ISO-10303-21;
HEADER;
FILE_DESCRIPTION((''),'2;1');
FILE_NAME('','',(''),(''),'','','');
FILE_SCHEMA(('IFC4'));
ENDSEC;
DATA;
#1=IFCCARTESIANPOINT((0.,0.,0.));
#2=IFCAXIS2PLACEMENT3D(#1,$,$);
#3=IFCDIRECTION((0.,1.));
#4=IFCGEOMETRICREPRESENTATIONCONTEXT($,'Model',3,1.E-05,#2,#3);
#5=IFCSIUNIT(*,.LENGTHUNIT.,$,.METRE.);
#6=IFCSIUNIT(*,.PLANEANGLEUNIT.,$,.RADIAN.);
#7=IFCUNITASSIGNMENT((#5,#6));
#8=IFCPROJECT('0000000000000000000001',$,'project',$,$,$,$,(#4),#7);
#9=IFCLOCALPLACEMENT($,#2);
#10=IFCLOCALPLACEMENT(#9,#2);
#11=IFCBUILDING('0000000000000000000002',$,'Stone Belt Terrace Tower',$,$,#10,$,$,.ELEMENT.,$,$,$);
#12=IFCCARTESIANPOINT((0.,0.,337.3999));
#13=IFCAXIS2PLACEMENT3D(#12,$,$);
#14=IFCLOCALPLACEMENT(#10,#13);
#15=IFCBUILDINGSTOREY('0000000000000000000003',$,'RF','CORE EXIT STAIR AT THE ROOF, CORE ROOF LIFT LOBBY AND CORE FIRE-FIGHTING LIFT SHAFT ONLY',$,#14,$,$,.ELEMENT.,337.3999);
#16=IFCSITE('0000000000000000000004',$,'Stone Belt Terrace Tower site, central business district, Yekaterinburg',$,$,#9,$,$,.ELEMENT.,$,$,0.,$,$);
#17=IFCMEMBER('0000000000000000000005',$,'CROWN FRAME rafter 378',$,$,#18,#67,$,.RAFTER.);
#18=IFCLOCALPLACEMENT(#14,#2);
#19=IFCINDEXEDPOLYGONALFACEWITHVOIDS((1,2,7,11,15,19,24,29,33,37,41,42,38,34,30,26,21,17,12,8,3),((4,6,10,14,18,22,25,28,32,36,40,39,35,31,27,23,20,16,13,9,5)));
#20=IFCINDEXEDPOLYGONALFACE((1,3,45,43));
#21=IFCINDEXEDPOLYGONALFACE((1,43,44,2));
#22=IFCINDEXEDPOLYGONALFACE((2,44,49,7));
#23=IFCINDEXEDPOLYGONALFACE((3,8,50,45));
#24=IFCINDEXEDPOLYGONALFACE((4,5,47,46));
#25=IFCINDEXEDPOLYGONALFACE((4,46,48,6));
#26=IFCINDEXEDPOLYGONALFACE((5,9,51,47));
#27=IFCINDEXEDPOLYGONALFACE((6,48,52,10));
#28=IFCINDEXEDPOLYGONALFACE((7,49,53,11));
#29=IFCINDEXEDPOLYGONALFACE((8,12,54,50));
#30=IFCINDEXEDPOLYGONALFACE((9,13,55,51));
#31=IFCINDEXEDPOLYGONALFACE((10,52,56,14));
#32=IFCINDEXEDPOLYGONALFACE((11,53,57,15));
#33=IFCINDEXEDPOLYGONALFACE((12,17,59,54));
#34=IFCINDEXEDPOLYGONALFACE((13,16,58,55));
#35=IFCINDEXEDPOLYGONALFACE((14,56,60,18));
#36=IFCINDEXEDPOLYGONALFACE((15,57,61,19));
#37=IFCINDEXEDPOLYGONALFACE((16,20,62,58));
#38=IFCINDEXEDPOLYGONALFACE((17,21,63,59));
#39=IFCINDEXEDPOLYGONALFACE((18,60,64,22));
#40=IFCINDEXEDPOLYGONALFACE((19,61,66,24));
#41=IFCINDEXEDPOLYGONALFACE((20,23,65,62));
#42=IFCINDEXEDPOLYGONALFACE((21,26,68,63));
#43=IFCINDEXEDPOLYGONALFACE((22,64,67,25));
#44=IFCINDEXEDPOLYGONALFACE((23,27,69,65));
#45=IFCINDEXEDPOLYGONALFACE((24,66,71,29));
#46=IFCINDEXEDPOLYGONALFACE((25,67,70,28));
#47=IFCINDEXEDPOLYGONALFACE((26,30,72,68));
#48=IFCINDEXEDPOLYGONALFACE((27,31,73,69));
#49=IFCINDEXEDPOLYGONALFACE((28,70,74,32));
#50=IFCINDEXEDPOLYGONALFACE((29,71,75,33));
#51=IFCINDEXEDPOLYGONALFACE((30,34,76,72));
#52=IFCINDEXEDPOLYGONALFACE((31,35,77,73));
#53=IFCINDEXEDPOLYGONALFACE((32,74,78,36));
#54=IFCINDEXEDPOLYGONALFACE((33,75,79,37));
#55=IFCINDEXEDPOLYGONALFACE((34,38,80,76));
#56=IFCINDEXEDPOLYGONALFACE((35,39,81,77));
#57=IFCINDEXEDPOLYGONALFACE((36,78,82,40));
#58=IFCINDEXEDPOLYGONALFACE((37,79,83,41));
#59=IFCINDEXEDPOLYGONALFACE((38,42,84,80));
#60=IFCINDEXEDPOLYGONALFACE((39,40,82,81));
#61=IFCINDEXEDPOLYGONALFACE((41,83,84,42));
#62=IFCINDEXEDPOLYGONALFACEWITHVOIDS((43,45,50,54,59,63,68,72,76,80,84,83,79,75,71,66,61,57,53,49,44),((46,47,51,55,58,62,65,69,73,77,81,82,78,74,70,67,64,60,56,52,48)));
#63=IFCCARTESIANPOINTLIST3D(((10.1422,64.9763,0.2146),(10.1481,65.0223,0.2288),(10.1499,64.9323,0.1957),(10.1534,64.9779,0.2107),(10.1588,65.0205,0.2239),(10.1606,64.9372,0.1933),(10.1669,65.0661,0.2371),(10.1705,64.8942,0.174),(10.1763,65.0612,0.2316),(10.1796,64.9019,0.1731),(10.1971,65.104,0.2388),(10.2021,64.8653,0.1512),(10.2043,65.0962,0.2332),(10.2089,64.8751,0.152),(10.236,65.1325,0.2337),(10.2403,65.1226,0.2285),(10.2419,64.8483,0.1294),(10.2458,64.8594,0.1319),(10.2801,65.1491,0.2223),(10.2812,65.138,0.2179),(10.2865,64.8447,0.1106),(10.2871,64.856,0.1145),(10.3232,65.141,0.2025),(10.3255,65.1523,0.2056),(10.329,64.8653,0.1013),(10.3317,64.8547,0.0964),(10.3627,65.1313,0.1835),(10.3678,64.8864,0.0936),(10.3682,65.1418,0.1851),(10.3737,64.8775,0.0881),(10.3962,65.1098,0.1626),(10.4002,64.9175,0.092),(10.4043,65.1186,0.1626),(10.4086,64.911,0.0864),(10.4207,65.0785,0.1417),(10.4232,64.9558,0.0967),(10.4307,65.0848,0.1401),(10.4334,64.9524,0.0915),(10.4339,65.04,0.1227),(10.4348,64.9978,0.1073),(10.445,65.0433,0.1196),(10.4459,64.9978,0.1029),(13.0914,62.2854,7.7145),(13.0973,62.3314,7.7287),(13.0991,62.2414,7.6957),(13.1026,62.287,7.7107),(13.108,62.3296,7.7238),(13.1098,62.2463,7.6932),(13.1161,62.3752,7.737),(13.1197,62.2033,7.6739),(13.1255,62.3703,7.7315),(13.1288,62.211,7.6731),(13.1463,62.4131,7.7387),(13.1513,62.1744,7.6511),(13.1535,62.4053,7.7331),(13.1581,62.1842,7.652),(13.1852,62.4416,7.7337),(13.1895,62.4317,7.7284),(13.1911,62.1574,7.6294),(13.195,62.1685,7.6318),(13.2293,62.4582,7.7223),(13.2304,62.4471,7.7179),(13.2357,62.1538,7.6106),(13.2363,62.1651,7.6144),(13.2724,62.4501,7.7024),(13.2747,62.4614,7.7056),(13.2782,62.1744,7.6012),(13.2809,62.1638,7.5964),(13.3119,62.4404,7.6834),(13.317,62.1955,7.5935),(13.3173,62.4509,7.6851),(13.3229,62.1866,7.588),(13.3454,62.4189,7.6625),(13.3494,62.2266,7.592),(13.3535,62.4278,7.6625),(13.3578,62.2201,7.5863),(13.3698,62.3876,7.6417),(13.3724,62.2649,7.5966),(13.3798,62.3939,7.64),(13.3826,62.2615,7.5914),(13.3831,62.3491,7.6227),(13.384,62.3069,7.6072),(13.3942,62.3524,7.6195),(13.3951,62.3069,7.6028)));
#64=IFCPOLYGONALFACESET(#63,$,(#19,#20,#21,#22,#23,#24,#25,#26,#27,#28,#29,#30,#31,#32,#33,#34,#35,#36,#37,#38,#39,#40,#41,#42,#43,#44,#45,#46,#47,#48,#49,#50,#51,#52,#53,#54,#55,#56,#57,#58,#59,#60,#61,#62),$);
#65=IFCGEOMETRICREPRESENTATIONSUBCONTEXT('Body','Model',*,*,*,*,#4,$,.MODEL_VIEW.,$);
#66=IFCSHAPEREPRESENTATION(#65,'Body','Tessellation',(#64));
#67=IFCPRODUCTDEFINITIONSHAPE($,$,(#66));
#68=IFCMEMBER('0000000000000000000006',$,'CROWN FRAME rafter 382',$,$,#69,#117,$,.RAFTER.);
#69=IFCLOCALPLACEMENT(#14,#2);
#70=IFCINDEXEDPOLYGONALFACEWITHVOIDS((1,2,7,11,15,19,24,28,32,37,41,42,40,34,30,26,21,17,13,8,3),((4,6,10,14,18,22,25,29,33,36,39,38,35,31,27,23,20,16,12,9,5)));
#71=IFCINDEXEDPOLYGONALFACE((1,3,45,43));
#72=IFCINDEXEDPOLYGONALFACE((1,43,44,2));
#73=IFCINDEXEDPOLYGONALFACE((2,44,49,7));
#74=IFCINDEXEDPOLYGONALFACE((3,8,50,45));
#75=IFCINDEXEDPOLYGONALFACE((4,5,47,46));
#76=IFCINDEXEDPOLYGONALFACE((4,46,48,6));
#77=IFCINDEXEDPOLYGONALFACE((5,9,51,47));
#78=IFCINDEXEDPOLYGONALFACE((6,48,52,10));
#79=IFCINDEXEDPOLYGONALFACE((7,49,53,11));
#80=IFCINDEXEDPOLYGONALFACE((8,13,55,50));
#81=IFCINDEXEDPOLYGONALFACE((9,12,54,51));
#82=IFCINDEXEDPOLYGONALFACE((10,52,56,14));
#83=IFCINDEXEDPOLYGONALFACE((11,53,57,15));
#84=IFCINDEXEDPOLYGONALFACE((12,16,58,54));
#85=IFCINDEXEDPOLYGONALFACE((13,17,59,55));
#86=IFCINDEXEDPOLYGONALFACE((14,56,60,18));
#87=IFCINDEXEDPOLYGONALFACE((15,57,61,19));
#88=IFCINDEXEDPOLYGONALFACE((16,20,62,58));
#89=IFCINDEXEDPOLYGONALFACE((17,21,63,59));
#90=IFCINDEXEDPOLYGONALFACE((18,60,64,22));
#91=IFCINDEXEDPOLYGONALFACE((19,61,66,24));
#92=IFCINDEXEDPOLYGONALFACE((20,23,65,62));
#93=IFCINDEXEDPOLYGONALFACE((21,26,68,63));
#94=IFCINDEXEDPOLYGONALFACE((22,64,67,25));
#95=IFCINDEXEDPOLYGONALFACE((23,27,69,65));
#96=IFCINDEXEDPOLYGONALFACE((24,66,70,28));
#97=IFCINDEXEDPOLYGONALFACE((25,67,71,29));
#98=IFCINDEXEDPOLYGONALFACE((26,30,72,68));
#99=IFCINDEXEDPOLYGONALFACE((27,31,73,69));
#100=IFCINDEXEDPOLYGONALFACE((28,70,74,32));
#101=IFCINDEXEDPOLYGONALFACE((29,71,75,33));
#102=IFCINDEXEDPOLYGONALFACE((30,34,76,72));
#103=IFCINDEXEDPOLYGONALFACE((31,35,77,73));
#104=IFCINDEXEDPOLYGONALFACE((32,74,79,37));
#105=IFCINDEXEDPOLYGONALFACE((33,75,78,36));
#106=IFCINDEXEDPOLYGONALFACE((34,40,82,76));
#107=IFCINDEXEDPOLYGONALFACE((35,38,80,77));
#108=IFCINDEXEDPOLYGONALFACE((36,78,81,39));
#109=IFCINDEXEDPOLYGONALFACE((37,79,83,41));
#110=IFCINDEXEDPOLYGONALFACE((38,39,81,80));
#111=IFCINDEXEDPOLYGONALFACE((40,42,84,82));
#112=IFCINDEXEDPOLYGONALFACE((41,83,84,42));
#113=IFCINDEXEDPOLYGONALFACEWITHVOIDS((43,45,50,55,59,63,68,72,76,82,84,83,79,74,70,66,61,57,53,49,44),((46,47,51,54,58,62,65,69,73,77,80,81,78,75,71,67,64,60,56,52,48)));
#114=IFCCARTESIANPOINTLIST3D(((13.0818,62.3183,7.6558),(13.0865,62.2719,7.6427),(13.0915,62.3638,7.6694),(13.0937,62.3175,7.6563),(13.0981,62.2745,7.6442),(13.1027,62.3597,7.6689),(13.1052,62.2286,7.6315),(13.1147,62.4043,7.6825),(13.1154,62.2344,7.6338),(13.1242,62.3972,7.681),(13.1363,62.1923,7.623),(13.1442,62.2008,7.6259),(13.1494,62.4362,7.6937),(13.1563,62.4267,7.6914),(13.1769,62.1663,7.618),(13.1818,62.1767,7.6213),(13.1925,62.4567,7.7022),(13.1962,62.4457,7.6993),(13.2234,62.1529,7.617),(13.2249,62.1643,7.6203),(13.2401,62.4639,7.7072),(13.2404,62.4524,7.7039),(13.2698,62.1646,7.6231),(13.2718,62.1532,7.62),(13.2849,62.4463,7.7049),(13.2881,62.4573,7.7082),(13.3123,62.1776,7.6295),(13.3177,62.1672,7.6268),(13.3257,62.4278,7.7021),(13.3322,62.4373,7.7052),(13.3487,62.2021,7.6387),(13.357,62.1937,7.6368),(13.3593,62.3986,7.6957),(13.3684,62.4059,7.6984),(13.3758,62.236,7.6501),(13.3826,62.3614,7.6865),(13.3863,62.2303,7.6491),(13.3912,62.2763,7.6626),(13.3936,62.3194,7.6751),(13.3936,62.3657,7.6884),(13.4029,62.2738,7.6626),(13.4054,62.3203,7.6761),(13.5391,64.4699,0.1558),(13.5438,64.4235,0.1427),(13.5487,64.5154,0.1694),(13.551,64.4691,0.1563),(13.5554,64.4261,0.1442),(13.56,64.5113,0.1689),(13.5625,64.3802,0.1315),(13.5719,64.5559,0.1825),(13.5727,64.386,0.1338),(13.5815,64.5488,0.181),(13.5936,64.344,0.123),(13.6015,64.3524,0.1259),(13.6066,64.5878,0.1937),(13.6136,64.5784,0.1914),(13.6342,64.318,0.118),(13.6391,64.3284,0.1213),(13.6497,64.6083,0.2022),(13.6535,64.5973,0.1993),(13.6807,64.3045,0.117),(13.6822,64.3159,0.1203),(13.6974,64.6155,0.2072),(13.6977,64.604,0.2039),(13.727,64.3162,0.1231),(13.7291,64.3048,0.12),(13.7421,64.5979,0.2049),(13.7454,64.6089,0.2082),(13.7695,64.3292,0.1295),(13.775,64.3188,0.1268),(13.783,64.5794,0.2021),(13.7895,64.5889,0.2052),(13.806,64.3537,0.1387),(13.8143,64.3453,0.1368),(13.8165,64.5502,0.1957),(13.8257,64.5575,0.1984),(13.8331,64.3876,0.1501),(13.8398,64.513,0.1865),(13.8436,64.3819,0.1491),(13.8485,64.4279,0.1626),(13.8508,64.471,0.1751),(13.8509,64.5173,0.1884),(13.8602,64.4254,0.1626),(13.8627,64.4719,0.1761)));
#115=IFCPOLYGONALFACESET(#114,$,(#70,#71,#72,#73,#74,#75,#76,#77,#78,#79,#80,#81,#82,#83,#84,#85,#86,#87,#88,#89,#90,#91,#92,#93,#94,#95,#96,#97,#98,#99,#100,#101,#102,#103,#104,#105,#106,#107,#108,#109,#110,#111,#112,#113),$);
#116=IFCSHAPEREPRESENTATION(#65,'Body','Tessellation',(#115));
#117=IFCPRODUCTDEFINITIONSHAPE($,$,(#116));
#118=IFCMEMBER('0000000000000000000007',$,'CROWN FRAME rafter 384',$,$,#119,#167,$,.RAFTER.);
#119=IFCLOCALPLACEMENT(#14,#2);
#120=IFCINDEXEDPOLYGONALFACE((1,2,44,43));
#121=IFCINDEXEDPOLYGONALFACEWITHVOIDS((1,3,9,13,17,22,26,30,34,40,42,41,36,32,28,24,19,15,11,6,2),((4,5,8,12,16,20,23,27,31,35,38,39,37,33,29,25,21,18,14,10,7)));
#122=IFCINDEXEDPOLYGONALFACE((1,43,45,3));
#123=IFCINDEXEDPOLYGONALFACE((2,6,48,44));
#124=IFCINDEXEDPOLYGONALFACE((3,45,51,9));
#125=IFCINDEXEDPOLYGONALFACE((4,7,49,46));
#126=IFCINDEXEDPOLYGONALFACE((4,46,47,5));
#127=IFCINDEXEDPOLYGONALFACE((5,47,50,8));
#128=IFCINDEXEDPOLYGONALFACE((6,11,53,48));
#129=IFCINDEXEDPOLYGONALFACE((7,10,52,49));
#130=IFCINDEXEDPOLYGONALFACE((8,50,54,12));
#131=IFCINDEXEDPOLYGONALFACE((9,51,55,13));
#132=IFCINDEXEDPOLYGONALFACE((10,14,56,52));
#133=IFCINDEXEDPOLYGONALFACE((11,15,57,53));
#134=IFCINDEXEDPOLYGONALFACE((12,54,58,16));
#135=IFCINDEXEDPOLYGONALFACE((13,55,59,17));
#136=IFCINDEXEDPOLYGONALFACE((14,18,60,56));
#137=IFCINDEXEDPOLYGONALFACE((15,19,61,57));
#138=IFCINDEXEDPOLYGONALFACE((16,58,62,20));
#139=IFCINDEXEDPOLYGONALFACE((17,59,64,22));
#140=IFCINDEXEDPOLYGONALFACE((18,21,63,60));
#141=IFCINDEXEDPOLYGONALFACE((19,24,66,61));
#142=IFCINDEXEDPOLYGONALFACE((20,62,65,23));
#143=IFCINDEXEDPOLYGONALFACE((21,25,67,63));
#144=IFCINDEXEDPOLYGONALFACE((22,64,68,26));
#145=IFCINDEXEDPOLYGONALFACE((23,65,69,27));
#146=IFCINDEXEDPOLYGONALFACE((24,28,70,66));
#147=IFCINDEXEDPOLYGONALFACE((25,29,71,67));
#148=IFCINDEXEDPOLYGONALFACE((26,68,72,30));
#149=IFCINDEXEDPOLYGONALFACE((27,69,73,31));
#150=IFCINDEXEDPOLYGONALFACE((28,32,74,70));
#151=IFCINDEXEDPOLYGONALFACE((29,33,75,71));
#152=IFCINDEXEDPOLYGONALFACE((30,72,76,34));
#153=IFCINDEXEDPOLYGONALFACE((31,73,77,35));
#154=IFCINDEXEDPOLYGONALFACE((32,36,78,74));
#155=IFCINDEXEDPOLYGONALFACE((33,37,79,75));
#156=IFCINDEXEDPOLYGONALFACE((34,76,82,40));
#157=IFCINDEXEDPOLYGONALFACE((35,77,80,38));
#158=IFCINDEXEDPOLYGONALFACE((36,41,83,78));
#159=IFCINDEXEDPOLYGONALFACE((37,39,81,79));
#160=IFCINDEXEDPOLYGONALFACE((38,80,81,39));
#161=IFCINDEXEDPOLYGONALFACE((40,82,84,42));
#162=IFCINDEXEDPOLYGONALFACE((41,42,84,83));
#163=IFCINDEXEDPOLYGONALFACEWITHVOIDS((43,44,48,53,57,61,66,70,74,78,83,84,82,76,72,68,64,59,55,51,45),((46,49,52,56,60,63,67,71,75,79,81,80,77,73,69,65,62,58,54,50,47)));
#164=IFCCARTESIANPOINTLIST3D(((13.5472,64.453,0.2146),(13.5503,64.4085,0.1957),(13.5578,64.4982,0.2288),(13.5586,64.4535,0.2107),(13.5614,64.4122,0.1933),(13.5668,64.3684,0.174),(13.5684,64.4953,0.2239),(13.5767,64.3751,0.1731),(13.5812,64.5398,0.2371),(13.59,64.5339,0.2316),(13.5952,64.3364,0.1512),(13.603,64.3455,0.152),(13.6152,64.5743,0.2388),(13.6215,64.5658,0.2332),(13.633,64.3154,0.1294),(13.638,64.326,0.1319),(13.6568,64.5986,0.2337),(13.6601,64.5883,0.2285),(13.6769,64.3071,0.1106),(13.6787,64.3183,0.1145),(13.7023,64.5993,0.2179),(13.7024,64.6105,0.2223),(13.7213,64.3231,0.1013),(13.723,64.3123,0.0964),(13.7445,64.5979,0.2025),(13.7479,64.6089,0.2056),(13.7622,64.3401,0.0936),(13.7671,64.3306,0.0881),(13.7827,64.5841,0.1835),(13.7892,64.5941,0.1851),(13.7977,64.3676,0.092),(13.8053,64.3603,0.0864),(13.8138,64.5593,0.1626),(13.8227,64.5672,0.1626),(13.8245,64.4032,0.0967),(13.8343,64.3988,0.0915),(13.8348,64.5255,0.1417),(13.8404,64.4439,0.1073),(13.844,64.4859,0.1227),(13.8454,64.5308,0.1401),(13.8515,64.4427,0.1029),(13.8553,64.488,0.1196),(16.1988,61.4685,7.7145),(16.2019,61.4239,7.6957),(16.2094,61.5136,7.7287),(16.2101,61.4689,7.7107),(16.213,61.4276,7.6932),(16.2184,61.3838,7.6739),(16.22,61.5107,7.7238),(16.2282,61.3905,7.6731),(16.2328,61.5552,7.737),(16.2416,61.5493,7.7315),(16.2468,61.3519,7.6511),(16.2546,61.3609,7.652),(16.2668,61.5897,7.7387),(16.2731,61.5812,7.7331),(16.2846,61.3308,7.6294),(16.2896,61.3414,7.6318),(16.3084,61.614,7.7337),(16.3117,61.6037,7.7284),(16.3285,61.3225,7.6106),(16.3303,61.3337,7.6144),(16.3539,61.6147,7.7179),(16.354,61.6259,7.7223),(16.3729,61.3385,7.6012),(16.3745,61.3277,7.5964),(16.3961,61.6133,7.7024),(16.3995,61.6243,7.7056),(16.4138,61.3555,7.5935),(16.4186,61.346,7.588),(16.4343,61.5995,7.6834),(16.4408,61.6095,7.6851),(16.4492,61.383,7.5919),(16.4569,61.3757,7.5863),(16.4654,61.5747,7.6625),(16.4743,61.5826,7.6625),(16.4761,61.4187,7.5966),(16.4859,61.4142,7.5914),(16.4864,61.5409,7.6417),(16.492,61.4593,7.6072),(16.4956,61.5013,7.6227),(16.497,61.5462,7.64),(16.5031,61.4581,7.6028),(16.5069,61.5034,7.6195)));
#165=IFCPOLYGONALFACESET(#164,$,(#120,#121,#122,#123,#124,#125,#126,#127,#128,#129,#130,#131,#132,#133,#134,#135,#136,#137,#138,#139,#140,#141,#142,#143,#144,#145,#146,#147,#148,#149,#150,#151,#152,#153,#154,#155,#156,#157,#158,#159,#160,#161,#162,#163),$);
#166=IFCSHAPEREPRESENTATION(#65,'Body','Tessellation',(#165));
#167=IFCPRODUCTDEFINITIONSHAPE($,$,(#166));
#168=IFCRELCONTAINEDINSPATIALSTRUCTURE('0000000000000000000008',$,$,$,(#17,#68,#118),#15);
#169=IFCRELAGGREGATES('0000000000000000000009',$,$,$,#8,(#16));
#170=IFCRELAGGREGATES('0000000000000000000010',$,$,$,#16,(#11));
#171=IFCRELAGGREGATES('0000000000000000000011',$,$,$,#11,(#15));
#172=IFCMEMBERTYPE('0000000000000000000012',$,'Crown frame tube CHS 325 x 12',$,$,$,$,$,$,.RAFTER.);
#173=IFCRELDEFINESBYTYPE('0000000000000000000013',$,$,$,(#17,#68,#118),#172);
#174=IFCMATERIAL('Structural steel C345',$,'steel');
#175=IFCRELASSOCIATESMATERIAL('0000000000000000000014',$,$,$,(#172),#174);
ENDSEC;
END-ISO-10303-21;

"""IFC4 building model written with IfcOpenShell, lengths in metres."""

from ifc_helpers import new_model, si_unit, direction, frame, origin, origin_2d, place, context, subcontext, project, spatial, hollow_circle, extrude, material, material_profile, profile_set, type_object, element, save


model = new_model("IFC4")

# Units and contexts
model_context = context("Model", 3, precision=1e-05, world=origin(), true_north=direction((0.0, 1.0)))
body_context = subcontext(model_context, "Body", "Model", "MODEL_VIEW")
ifc_project = project(units=[si_unit("LENGTHUNIT", "METRE"), si_unit("PLANEANGLEUNIT", "RADIAN")], contexts=[model_context])

# Site, building, storey
site_placement = place(None, origin())
site = spatial("IfcSite", under=ifc_project, at=site_placement, Name="Stone Belt Terrace Tower site, central business district, Yekaterinburg", CompositionType="ELEMENT", RefElevation=0.0)
building_placement = place(site_placement, origin())
building = spatial("IfcBuilding", under=site, at=building_placement, Name="Stone Belt Terrace Tower", CompositionType="ELEMENT")
storey_placement = place(building_placement, frame((0.0, 0.0, 337.3999)))
storey = spatial("IfcBuildingStorey", under=building, at=storey_placement, Name="RF", Description="CORE EXIT STAIR AT THE ROOF, CORE ROOF LIFT LOBBY AND CORE FIRE-FIGHTING LIFT SHAFT ONLY", CompositionType="ELEMENT", Elevation=337.3999)

# Members
ifc_material_1 = material(Name="Structural steel C345", Category="steel")
ifc_material_profile_1 = material_profile(ifc_material_1, hollow_circle(Radius=0.1626, WallThickness=0.012, at=origin_2d()), Name="Structural steel C345 CHS 325x12")
ifc_profile_set_1 = profile_set([ifc_material_profile_1], Name="Structural steel C345")
member_type_1 = type_object("IfcMemberType", Name="Crown frame tube CHS 325 x 12", PredefinedType="RAFTER", material=ifc_profile_set_1)
member_1_placement = place(storey_placement, frame((10.2947, 64.9985, 0.1626), z_axis=(0.347114, -0.316712, 0.882726), x_axis=(0.674017, 0.738716, 0.0)))
element("IfcMember", 1, at=member_1_placement, inside=storey, type_object=member_type_1, Name="CROWN FRAME rafter 378", PredefinedType="RAFTER", context=body_context, shape_type="SweptSolid", body=[
    extrude(hollow_circle(Radius=0.1626, WallThickness=0.012, at=origin_2d()), origin(), (0.0, 0.0, 1.0), 8.4963),
])
member_2_placement = place(storey_placement, frame((13.7012, 64.4592, 0.1626), z_axis=(-0.058506, -0.275286, 0.959581), x_axis=(0.978153, -0.207884, 0.0)))
element("IfcMember", 2, at=member_2_placement, inside=storey, type_object=member_type_1, Name="CROWN FRAME rafter 382", PredefinedType="RAFTER", context=body_context, shape_type="SweptSolid", body=[
    extrude(hollow_circle(Radius=0.1626, WallThickness=0.012, at=origin_2d()), origin(), (0.0, 0.0, 1.0), 7.8159),
])
member_3_placement = place(storey_placement, frame((13.7012, 64.4592, 0.1626), z_axis=(0.312086, -0.35128, 0.882726), x_axis=(0.747581, 0.66417, 0.0)))
element("IfcMember", 3, at=member_3_placement, inside=storey, type_object=member_type_1, Name="CROWN FRAME rafter 384", PredefinedType="RAFTER", context=body_context, shape_type="SweptSolid", body=[
    extrude(hollow_circle(Radius=0.1626, WallThickness=0.012, at=origin_2d()), origin(), (0.0, 0.0, 1.0), 8.4963),
])

save(model, "model.ifc")
